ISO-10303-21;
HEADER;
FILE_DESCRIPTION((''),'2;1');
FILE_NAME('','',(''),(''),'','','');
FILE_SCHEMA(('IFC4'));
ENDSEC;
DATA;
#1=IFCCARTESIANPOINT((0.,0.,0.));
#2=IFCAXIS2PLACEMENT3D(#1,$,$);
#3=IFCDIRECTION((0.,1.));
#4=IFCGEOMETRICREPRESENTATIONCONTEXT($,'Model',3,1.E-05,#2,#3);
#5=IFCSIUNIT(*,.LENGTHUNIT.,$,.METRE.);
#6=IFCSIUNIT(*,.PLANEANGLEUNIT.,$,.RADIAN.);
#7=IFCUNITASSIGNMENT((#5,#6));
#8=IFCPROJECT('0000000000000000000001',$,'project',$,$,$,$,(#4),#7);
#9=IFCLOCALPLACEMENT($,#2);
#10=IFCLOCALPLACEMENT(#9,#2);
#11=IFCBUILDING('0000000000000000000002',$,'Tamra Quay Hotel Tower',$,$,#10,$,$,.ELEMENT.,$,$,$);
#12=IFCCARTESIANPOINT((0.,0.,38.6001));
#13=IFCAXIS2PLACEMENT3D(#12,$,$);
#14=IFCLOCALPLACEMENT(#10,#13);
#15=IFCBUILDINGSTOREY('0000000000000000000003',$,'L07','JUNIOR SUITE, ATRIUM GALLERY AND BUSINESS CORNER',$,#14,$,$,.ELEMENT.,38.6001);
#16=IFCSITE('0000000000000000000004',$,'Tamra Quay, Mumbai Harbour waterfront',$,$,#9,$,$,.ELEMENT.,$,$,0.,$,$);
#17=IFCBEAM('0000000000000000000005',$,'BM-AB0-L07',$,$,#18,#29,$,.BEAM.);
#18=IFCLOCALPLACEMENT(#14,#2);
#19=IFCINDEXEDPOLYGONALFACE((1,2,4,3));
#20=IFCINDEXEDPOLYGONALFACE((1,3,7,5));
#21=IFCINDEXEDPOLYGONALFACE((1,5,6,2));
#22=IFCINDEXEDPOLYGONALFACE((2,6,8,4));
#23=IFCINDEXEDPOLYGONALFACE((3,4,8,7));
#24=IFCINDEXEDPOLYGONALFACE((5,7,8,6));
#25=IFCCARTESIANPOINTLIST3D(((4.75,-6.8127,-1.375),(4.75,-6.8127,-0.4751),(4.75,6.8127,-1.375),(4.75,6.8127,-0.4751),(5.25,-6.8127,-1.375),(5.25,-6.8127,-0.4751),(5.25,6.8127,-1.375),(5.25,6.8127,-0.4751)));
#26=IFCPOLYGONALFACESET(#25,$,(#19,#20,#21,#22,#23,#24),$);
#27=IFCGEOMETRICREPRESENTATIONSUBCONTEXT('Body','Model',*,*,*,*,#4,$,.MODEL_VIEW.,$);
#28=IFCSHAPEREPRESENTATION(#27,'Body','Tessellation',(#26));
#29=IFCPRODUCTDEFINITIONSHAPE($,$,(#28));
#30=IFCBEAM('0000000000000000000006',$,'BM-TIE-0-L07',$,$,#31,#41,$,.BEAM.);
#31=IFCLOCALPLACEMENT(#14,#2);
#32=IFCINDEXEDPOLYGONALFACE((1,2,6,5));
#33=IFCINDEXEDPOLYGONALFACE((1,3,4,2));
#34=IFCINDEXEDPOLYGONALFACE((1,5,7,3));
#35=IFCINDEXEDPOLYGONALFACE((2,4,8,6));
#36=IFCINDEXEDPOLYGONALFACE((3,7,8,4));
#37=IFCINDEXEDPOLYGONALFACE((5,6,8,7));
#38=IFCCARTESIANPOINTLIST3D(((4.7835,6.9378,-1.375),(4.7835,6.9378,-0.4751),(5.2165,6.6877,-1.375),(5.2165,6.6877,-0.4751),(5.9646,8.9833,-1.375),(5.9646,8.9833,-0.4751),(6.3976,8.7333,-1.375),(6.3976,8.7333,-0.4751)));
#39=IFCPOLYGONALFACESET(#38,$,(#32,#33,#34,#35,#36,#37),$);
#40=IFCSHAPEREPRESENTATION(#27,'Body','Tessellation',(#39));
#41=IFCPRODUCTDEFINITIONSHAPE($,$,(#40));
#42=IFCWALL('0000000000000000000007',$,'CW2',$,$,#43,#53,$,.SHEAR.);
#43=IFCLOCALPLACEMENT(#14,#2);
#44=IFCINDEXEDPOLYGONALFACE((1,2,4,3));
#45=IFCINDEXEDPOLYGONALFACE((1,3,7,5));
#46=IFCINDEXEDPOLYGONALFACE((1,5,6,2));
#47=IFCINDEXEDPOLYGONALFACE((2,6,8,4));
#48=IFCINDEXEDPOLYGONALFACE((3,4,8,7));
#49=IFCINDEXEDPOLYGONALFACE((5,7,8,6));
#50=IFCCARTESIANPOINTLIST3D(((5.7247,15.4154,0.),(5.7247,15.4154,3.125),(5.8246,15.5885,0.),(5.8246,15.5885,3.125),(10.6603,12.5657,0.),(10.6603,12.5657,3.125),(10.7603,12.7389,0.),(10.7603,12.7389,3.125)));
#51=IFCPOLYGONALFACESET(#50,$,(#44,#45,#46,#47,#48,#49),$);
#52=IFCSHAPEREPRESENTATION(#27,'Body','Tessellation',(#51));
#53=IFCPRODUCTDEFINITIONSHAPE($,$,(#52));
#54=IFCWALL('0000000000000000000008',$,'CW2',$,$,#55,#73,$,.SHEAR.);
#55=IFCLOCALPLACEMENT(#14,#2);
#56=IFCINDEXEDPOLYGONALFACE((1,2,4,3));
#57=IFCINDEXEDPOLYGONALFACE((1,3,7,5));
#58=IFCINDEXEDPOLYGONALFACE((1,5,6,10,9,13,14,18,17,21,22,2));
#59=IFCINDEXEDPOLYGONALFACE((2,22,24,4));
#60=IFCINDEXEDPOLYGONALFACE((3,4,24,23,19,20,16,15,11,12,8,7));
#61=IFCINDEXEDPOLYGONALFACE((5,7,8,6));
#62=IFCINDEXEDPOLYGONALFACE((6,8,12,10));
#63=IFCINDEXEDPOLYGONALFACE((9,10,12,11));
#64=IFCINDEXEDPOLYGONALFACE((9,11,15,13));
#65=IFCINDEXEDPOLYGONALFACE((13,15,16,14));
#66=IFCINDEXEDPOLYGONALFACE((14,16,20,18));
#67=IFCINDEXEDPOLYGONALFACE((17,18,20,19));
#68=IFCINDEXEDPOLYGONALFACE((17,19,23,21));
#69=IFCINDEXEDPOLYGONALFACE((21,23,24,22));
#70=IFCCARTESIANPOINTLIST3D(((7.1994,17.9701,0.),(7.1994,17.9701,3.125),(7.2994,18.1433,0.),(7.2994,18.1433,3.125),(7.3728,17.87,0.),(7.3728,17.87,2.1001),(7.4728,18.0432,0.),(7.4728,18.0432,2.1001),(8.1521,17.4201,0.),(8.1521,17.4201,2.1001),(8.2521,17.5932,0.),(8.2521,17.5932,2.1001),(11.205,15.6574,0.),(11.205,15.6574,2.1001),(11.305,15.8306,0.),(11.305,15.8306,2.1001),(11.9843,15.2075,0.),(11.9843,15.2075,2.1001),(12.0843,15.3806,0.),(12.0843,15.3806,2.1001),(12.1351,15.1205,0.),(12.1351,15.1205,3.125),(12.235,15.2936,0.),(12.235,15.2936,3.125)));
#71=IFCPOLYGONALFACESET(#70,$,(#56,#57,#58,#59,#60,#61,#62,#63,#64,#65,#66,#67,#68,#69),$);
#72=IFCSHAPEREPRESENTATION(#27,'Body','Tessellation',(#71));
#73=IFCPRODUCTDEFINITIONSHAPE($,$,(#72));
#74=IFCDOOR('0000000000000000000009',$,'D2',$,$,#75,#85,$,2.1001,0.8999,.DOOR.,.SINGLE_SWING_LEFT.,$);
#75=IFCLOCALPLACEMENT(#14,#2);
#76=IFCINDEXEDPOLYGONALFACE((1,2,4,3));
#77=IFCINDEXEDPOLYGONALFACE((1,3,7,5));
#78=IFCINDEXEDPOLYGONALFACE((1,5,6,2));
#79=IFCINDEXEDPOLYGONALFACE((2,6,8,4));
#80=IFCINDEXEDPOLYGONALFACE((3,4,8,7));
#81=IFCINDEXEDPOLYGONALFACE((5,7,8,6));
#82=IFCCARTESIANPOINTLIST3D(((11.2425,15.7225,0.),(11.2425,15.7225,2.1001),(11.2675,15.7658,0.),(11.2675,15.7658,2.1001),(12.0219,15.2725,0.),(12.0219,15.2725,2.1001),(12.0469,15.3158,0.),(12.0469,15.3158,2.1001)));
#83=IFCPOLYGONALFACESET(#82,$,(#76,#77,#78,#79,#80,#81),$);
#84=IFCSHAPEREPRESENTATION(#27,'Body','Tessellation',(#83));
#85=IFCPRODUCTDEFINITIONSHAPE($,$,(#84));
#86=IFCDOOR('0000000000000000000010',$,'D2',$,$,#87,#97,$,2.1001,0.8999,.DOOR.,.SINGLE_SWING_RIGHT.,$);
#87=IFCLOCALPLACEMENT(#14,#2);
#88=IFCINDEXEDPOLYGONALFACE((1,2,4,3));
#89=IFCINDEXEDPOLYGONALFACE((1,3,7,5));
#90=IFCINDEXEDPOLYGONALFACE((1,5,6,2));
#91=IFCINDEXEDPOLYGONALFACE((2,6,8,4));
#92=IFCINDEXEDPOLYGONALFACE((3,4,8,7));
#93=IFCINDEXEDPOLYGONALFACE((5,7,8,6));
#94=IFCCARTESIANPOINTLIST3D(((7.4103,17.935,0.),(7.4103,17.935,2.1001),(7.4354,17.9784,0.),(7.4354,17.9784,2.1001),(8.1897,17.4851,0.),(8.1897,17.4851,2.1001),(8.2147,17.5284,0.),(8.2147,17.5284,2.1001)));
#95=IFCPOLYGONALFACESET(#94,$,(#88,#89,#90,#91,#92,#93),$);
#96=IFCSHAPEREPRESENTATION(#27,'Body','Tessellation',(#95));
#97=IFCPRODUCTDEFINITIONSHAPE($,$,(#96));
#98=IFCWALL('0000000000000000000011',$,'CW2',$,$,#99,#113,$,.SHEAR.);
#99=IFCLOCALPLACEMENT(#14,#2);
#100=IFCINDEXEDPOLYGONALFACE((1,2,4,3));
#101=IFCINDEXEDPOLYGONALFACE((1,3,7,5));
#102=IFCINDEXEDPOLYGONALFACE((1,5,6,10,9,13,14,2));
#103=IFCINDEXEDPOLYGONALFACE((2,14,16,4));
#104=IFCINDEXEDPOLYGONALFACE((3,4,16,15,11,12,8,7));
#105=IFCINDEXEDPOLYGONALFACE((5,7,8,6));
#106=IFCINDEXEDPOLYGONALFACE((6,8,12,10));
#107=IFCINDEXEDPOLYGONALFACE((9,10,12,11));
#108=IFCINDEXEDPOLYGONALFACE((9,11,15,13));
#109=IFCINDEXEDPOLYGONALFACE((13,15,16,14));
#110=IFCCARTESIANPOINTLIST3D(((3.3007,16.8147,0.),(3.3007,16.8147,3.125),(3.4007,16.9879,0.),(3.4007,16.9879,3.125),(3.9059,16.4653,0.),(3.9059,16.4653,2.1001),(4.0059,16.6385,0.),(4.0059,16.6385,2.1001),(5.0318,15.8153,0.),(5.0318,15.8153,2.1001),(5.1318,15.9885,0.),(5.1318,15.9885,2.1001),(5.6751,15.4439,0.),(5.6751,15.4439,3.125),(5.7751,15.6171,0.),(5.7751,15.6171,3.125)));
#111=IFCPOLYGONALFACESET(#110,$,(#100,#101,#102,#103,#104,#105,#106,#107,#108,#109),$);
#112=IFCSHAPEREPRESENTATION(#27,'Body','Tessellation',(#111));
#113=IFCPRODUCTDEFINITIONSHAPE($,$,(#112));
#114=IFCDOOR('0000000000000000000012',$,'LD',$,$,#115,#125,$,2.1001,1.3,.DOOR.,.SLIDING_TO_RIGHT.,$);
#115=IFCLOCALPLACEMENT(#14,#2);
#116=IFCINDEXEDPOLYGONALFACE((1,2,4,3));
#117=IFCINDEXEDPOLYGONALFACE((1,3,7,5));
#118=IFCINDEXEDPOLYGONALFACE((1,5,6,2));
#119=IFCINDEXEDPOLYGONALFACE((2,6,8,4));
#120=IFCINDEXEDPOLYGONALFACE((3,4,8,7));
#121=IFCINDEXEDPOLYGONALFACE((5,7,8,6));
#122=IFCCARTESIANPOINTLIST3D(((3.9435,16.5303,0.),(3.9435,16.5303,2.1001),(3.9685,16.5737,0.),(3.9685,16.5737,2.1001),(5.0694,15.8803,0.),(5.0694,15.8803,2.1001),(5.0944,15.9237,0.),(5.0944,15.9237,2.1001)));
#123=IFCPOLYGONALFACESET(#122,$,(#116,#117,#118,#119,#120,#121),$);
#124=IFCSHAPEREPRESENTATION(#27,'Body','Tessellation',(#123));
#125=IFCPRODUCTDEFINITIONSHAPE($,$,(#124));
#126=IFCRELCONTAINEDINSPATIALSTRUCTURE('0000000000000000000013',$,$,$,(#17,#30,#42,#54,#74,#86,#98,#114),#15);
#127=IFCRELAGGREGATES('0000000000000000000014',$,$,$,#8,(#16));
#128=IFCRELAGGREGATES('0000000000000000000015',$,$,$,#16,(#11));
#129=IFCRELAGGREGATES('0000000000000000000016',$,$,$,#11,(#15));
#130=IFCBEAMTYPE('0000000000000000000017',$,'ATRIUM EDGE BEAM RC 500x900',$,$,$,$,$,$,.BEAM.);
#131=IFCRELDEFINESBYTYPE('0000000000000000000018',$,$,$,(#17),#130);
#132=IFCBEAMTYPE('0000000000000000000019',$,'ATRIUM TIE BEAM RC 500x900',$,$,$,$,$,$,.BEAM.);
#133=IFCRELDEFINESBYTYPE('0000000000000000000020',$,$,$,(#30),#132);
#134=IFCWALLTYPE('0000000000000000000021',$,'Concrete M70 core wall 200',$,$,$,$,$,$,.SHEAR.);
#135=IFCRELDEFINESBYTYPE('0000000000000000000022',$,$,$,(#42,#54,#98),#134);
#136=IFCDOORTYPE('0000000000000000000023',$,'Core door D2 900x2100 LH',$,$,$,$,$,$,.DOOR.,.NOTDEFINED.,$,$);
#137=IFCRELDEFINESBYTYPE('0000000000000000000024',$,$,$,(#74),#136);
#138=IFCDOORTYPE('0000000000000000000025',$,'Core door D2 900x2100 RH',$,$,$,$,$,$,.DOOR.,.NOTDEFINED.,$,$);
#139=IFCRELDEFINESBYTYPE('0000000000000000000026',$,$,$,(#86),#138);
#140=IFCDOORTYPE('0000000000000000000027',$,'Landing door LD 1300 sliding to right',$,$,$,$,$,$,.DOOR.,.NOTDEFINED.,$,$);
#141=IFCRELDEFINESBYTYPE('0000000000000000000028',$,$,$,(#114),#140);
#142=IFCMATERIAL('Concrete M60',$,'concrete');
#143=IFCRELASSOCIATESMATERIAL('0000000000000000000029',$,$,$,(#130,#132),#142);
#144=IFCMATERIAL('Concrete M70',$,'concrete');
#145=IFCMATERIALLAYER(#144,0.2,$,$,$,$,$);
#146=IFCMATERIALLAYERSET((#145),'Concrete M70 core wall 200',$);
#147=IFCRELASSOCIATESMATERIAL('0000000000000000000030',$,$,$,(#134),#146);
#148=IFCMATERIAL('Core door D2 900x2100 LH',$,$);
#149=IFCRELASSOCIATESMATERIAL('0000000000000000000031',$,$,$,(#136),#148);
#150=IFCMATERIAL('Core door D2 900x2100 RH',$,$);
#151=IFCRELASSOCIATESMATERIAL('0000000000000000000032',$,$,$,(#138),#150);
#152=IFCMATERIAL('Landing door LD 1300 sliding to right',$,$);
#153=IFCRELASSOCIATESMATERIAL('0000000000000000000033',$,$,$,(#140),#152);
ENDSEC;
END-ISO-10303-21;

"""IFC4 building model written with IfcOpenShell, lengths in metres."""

from ifc_helpers import new_model, si_unit, direction, frame, frame_2d, origin, origin_2d, place, context, subcontext, project, spatial, rectangle, extrude, material, layer, layer_set, material_profile, profile_set, type_object, element, fill, save


model = new_model("IFC4")

# Units and contexts
model_context = context("Model", 3, precision=1e-05, world=origin(), true_north=direction((0.0, 1.0)))
body_context = subcontext(model_context, "Body", "Model", "MODEL_VIEW")
ifc_project = project(units=[si_unit("LENGTHUNIT", "METRE"), si_unit("PLANEANGLEUNIT", "RADIAN")], contexts=[model_context])

# Site, building, storey
site_placement = place(None, origin())
site = spatial("IfcSite", under=ifc_project, at=site_placement, Name="Tamra Quay, Mumbai Harbour waterfront", CompositionType="ELEMENT", RefElevation=0.0)
building_placement = place(site_placement, origin())
building = spatial("IfcBuilding", under=site, at=building_placement, Name="Tamra Quay Hotel Tower", CompositionType="ELEMENT")
storey_placement = place(building_placement, frame((0.0, 0.0, 38.6001)))
storey = spatial("IfcBuildingStorey", under=building, at=storey_placement, Name="L07", Description="JUNIOR SUITE, ATRIUM GALLERY AND BUSINESS CORNER", CompositionType="ELEMENT", Elevation=38.6001)

# Beams
ifc_material_1 = material(Name="Concrete M60", Category="concrete")
ifc_material_profile_1 = material_profile(ifc_material_1, rectangle(XDim=0.5, YDim=0.8999, at=origin_2d()), Name="ATRIUM EDGE BEAM RC 500x900")
ifc_profile_set_1 = profile_set([ifc_material_profile_1], Name="Concrete M60")
beam_type_1 = type_object("IfcBeamType", Name="ATRIUM EDGE BEAM RC 500x900", PredefinedType="BEAM", material=ifc_profile_set_1)
beam_1_placement = place(storey_placement, frame((5.0, 6.8127, -0.925), z_axis=(0.0, -1.0, 0.0), x_axis=(1.0, 0.0, 0.0)))
element("IfcBeam", 1, at=beam_1_placement, inside=storey, type_object=beam_type_1, Name="BM-AB0-L07", PredefinedType="BEAM", context=body_context, shape_type="SweptSolid", body=[
    extrude(rectangle(XDim=0.5, YDim=0.8999, at=origin_2d()), origin(), (0.0, 0.0, 1.0), 13.6255),
])
ifc_material_profile_2 = material_profile(ifc_material_1, rectangle(XDim=0.5, YDim=0.8999, at=origin_2d()), Name="ATRIUM TIE BEAM RC 500x900")
ifc_profile_set_2 = profile_set([ifc_material_profile_2], Name="Concrete M60")
beam_type_2 = type_object("IfcBeamType", Name="ATRIUM TIE BEAM RC 500x900", PredefinedType="BEAM", material=ifc_profile_set_2)
beam_2_placement = place(storey_placement, frame((5.0, 6.8127, -0.925), z_axis=(0.50003, 0.866008, 0.0), x_axis=(-0.866008, 0.50003, 0.0)))
element("IfcBeam", 2, at=beam_2_placement, inside=storey, type_object=beam_type_2, Name="BM-TIE-0-L07", PredefinedType="BEAM", context=body_context, shape_type="SweptSolid", body=[
    extrude(rectangle(XDim=0.5, YDim=0.8999, at=origin_2d()), origin(), (0.0, 0.0, 1.0), 2.3621),
])

# Wall
ifc_material_2 = material(Name="Concrete M70", Category="concrete")
ifc_layer_1 = layer(ifc_material_2, 0.2)
ifc_layer_set_1 = layer_set([ifc_layer_1], Name="Concrete M70 core wall 200")
wall_type_1 = type_object("IfcWallType", Name="Concrete M70 core wall 200", PredefinedType="SHEAR", material=ifc_layer_set_1)
wall_1_placement = place(storey_placement, frame((5.7747, 15.502, 0.0), z_axis=(0.0, 0.0, 1.0), x_axis=(0.86602, -0.500009, 0.0)))
element("IfcWall", 3, at=wall_1_placement, inside=storey, type_object=wall_type_1, Name="CW2", PredefinedType="SHEAR", context=body_context, shape_type="SweptSolid", body=[
    extrude(rectangle(XDim=5.6992, YDim=0.2, at=frame_2d((2.8496, 0.0))), origin(), (0.0, 0.0, 1.0), 3.125),
])

# Wall, openings, doors
wall_2_placement = place(storey_placement, frame((12.1851, 15.207, 0.0), z_axis=(0.0, 0.0, 1.0), x_axis=(-0.86602, 0.500009, 0.0)))
wall_2 = element("IfcWall", 4, at=wall_2_placement, inside=storey, type_object=wall_type_1, Name="CW2", PredefinedType="SHEAR", context=body_context, shape_type="SweptSolid", body=[
    extrude(rectangle(XDim=5.6992, YDim=0.2, at=frame_2d((2.8496, 0.0))), origin(), (0.0, 0.0, 1.0), 3.125),
])
opening_1_placement = place(wall_2_placement, frame((0.1741, 0.0, 0.0)))
opening_1 = element("IfcOpeningElement", 5, at=opening_1_placement, cuts=wall_2, PredefinedType="OPENING", context=body_context, shape_type="SweptSolid", body=[
    extrude(rectangle(XDim=0.8999, YDim=2.1001, at=frame_2d((0.45, 1.05))), frame((0.0, 0.1099, 0.0), z_axis=(0.0, -1.0, 0.0), x_axis=(1.0, 0.0, 0.0)), (0.0, 0.0, 1.0), 0.22),
])
opening_2_placement = place(wall_2_placement, frame((4.5991, 0.0, 0.0)))
opening_2 = element("IfcOpeningElement", 6, at=opening_2_placement, cuts=wall_2, PredefinedType="OPENING", context=body_context, shape_type="SweptSolid", body=[
    extrude(rectangle(XDim=0.8999, YDim=2.1001, at=frame_2d((0.45, 1.05))), frame((0.0, 0.1099, 0.0), z_axis=(0.0, -1.0, 0.0), x_axis=(1.0, 0.0, 0.0)), (0.0, 0.0, 1.0), 0.22),
])
ifc_material_3 = material(Name="Core door D2 900x2100 LH")
door_type_1 = type_object("IfcDoorType", Name="Core door D2 900x2100 LH", OperationType="NOTDEFINED", PredefinedType="DOOR", material=ifc_material_3)
door_1_placement = place(opening_1_placement, origin())
door_1 = element("IfcDoor", 7, at=door_1_placement, inside=storey, type_object=door_type_1, Name="D2", OperationType="SINGLE_SWING_LEFT", OverallHeight=2.1001, OverallWidth=0.8999, PredefinedType="DOOR", context=body_context, shape_type="SweptSolid", body=[
    extrude(rectangle(XDim=0.8999, YDim=2.1001, at=frame_2d((0.45, 1.05))), frame((0.0, 0.0249, 0.0), z_axis=(0.0, -1.0, 0.0), x_axis=(1.0, 0.0, 0.0)), (0.0, 0.0, 1.0), 0.05),
])
fill(opening_1, door_1)
ifc_material_4 = material(Name="Core door D2 900x2100 RH")
door_type_2 = type_object("IfcDoorType", Name="Core door D2 900x2100 RH", OperationType="NOTDEFINED", PredefinedType="DOOR", material=ifc_material_4)
door_2_placement = place(opening_2_placement, origin())
door_2 = element("IfcDoor", 8, at=door_2_placement, inside=storey, type_object=door_type_2, Name="D2", OperationType="SINGLE_SWING_RIGHT", OverallHeight=2.1001, OverallWidth=0.8999, PredefinedType="DOOR", context=body_context, shape_type="SweptSolid", body=[
    extrude(rectangle(XDim=0.8999, YDim=2.1001, at=frame_2d((0.45, 1.05))), frame((0.0, 0.0249, 0.0), z_axis=(0.0, -1.0, 0.0), x_axis=(1.0, 0.0, 0.0)), (0.0, 0.0, 1.0), 0.05),
])
fill(opening_2, door_2)

# Wall, opening, door
wall_3_placement = place(storey_placement, frame((5.7251, 15.5305, 0.0), z_axis=(0.0, 0.0, 1.0), x_axis=(-0.866037, 0.499979, 0.0)))
wall_3 = element("IfcWall", 9, at=wall_3_placement, inside=storey, type_object=wall_type_1, Name="CW2", PredefinedType="SHEAR", context=body_context, shape_type="SweptSolid", body=[
    extrude(rectangle(XDim=2.7417, YDim=0.2, at=frame_2d((1.3708, 0.0))), origin(), (0.0, 0.0, 1.0), 3.125),
])
opening_3_placement = place(wall_3_placement, frame((0.7429, 0.0, 0.0)))
opening_3 = element("IfcOpeningElement", 10, at=opening_3_placement, cuts=wall_3, PredefinedType="OPENING", context=body_context, shape_type="SweptSolid", body=[
    extrude(rectangle(XDim=1.3, YDim=2.1001, at=frame_2d((0.6499, 1.05))), frame((0.0, 0.1099, 0.0), z_axis=(0.0, -1.0, 0.0), x_axis=(1.0, 0.0, 0.0)), (0.0, 0.0, 1.0), 0.22),
])
ifc_material_5 = material(Name="Landing door LD 1300 sliding to right")
door_type_3 = type_object("IfcDoorType", Name="Landing door LD 1300 sliding to right", OperationType="NOTDEFINED", PredefinedType="DOOR", material=ifc_material_5)
door_3_placement = place(opening_3_placement, origin())
door_3 = element("IfcDoor", 11, at=door_3_placement, inside=storey, type_object=door_type_3, Name="LD", OperationType="SLIDING_TO_RIGHT", OverallHeight=2.1001, OverallWidth=1.3, PredefinedType="DOOR", context=body_context, shape_type="SweptSolid", body=[
    extrude(rectangle(XDim=1.3, YDim=2.1001, at=frame_2d((0.6499, 1.05))), frame((0.0, 0.0249, 0.0), z_axis=(0.0, -1.0, 0.0), x_axis=(1.0, 0.0, 0.0)), (0.0, 0.0, 1.0), 0.05),
])
fill(opening_3, door_3)

save(model, "model.ifc")
